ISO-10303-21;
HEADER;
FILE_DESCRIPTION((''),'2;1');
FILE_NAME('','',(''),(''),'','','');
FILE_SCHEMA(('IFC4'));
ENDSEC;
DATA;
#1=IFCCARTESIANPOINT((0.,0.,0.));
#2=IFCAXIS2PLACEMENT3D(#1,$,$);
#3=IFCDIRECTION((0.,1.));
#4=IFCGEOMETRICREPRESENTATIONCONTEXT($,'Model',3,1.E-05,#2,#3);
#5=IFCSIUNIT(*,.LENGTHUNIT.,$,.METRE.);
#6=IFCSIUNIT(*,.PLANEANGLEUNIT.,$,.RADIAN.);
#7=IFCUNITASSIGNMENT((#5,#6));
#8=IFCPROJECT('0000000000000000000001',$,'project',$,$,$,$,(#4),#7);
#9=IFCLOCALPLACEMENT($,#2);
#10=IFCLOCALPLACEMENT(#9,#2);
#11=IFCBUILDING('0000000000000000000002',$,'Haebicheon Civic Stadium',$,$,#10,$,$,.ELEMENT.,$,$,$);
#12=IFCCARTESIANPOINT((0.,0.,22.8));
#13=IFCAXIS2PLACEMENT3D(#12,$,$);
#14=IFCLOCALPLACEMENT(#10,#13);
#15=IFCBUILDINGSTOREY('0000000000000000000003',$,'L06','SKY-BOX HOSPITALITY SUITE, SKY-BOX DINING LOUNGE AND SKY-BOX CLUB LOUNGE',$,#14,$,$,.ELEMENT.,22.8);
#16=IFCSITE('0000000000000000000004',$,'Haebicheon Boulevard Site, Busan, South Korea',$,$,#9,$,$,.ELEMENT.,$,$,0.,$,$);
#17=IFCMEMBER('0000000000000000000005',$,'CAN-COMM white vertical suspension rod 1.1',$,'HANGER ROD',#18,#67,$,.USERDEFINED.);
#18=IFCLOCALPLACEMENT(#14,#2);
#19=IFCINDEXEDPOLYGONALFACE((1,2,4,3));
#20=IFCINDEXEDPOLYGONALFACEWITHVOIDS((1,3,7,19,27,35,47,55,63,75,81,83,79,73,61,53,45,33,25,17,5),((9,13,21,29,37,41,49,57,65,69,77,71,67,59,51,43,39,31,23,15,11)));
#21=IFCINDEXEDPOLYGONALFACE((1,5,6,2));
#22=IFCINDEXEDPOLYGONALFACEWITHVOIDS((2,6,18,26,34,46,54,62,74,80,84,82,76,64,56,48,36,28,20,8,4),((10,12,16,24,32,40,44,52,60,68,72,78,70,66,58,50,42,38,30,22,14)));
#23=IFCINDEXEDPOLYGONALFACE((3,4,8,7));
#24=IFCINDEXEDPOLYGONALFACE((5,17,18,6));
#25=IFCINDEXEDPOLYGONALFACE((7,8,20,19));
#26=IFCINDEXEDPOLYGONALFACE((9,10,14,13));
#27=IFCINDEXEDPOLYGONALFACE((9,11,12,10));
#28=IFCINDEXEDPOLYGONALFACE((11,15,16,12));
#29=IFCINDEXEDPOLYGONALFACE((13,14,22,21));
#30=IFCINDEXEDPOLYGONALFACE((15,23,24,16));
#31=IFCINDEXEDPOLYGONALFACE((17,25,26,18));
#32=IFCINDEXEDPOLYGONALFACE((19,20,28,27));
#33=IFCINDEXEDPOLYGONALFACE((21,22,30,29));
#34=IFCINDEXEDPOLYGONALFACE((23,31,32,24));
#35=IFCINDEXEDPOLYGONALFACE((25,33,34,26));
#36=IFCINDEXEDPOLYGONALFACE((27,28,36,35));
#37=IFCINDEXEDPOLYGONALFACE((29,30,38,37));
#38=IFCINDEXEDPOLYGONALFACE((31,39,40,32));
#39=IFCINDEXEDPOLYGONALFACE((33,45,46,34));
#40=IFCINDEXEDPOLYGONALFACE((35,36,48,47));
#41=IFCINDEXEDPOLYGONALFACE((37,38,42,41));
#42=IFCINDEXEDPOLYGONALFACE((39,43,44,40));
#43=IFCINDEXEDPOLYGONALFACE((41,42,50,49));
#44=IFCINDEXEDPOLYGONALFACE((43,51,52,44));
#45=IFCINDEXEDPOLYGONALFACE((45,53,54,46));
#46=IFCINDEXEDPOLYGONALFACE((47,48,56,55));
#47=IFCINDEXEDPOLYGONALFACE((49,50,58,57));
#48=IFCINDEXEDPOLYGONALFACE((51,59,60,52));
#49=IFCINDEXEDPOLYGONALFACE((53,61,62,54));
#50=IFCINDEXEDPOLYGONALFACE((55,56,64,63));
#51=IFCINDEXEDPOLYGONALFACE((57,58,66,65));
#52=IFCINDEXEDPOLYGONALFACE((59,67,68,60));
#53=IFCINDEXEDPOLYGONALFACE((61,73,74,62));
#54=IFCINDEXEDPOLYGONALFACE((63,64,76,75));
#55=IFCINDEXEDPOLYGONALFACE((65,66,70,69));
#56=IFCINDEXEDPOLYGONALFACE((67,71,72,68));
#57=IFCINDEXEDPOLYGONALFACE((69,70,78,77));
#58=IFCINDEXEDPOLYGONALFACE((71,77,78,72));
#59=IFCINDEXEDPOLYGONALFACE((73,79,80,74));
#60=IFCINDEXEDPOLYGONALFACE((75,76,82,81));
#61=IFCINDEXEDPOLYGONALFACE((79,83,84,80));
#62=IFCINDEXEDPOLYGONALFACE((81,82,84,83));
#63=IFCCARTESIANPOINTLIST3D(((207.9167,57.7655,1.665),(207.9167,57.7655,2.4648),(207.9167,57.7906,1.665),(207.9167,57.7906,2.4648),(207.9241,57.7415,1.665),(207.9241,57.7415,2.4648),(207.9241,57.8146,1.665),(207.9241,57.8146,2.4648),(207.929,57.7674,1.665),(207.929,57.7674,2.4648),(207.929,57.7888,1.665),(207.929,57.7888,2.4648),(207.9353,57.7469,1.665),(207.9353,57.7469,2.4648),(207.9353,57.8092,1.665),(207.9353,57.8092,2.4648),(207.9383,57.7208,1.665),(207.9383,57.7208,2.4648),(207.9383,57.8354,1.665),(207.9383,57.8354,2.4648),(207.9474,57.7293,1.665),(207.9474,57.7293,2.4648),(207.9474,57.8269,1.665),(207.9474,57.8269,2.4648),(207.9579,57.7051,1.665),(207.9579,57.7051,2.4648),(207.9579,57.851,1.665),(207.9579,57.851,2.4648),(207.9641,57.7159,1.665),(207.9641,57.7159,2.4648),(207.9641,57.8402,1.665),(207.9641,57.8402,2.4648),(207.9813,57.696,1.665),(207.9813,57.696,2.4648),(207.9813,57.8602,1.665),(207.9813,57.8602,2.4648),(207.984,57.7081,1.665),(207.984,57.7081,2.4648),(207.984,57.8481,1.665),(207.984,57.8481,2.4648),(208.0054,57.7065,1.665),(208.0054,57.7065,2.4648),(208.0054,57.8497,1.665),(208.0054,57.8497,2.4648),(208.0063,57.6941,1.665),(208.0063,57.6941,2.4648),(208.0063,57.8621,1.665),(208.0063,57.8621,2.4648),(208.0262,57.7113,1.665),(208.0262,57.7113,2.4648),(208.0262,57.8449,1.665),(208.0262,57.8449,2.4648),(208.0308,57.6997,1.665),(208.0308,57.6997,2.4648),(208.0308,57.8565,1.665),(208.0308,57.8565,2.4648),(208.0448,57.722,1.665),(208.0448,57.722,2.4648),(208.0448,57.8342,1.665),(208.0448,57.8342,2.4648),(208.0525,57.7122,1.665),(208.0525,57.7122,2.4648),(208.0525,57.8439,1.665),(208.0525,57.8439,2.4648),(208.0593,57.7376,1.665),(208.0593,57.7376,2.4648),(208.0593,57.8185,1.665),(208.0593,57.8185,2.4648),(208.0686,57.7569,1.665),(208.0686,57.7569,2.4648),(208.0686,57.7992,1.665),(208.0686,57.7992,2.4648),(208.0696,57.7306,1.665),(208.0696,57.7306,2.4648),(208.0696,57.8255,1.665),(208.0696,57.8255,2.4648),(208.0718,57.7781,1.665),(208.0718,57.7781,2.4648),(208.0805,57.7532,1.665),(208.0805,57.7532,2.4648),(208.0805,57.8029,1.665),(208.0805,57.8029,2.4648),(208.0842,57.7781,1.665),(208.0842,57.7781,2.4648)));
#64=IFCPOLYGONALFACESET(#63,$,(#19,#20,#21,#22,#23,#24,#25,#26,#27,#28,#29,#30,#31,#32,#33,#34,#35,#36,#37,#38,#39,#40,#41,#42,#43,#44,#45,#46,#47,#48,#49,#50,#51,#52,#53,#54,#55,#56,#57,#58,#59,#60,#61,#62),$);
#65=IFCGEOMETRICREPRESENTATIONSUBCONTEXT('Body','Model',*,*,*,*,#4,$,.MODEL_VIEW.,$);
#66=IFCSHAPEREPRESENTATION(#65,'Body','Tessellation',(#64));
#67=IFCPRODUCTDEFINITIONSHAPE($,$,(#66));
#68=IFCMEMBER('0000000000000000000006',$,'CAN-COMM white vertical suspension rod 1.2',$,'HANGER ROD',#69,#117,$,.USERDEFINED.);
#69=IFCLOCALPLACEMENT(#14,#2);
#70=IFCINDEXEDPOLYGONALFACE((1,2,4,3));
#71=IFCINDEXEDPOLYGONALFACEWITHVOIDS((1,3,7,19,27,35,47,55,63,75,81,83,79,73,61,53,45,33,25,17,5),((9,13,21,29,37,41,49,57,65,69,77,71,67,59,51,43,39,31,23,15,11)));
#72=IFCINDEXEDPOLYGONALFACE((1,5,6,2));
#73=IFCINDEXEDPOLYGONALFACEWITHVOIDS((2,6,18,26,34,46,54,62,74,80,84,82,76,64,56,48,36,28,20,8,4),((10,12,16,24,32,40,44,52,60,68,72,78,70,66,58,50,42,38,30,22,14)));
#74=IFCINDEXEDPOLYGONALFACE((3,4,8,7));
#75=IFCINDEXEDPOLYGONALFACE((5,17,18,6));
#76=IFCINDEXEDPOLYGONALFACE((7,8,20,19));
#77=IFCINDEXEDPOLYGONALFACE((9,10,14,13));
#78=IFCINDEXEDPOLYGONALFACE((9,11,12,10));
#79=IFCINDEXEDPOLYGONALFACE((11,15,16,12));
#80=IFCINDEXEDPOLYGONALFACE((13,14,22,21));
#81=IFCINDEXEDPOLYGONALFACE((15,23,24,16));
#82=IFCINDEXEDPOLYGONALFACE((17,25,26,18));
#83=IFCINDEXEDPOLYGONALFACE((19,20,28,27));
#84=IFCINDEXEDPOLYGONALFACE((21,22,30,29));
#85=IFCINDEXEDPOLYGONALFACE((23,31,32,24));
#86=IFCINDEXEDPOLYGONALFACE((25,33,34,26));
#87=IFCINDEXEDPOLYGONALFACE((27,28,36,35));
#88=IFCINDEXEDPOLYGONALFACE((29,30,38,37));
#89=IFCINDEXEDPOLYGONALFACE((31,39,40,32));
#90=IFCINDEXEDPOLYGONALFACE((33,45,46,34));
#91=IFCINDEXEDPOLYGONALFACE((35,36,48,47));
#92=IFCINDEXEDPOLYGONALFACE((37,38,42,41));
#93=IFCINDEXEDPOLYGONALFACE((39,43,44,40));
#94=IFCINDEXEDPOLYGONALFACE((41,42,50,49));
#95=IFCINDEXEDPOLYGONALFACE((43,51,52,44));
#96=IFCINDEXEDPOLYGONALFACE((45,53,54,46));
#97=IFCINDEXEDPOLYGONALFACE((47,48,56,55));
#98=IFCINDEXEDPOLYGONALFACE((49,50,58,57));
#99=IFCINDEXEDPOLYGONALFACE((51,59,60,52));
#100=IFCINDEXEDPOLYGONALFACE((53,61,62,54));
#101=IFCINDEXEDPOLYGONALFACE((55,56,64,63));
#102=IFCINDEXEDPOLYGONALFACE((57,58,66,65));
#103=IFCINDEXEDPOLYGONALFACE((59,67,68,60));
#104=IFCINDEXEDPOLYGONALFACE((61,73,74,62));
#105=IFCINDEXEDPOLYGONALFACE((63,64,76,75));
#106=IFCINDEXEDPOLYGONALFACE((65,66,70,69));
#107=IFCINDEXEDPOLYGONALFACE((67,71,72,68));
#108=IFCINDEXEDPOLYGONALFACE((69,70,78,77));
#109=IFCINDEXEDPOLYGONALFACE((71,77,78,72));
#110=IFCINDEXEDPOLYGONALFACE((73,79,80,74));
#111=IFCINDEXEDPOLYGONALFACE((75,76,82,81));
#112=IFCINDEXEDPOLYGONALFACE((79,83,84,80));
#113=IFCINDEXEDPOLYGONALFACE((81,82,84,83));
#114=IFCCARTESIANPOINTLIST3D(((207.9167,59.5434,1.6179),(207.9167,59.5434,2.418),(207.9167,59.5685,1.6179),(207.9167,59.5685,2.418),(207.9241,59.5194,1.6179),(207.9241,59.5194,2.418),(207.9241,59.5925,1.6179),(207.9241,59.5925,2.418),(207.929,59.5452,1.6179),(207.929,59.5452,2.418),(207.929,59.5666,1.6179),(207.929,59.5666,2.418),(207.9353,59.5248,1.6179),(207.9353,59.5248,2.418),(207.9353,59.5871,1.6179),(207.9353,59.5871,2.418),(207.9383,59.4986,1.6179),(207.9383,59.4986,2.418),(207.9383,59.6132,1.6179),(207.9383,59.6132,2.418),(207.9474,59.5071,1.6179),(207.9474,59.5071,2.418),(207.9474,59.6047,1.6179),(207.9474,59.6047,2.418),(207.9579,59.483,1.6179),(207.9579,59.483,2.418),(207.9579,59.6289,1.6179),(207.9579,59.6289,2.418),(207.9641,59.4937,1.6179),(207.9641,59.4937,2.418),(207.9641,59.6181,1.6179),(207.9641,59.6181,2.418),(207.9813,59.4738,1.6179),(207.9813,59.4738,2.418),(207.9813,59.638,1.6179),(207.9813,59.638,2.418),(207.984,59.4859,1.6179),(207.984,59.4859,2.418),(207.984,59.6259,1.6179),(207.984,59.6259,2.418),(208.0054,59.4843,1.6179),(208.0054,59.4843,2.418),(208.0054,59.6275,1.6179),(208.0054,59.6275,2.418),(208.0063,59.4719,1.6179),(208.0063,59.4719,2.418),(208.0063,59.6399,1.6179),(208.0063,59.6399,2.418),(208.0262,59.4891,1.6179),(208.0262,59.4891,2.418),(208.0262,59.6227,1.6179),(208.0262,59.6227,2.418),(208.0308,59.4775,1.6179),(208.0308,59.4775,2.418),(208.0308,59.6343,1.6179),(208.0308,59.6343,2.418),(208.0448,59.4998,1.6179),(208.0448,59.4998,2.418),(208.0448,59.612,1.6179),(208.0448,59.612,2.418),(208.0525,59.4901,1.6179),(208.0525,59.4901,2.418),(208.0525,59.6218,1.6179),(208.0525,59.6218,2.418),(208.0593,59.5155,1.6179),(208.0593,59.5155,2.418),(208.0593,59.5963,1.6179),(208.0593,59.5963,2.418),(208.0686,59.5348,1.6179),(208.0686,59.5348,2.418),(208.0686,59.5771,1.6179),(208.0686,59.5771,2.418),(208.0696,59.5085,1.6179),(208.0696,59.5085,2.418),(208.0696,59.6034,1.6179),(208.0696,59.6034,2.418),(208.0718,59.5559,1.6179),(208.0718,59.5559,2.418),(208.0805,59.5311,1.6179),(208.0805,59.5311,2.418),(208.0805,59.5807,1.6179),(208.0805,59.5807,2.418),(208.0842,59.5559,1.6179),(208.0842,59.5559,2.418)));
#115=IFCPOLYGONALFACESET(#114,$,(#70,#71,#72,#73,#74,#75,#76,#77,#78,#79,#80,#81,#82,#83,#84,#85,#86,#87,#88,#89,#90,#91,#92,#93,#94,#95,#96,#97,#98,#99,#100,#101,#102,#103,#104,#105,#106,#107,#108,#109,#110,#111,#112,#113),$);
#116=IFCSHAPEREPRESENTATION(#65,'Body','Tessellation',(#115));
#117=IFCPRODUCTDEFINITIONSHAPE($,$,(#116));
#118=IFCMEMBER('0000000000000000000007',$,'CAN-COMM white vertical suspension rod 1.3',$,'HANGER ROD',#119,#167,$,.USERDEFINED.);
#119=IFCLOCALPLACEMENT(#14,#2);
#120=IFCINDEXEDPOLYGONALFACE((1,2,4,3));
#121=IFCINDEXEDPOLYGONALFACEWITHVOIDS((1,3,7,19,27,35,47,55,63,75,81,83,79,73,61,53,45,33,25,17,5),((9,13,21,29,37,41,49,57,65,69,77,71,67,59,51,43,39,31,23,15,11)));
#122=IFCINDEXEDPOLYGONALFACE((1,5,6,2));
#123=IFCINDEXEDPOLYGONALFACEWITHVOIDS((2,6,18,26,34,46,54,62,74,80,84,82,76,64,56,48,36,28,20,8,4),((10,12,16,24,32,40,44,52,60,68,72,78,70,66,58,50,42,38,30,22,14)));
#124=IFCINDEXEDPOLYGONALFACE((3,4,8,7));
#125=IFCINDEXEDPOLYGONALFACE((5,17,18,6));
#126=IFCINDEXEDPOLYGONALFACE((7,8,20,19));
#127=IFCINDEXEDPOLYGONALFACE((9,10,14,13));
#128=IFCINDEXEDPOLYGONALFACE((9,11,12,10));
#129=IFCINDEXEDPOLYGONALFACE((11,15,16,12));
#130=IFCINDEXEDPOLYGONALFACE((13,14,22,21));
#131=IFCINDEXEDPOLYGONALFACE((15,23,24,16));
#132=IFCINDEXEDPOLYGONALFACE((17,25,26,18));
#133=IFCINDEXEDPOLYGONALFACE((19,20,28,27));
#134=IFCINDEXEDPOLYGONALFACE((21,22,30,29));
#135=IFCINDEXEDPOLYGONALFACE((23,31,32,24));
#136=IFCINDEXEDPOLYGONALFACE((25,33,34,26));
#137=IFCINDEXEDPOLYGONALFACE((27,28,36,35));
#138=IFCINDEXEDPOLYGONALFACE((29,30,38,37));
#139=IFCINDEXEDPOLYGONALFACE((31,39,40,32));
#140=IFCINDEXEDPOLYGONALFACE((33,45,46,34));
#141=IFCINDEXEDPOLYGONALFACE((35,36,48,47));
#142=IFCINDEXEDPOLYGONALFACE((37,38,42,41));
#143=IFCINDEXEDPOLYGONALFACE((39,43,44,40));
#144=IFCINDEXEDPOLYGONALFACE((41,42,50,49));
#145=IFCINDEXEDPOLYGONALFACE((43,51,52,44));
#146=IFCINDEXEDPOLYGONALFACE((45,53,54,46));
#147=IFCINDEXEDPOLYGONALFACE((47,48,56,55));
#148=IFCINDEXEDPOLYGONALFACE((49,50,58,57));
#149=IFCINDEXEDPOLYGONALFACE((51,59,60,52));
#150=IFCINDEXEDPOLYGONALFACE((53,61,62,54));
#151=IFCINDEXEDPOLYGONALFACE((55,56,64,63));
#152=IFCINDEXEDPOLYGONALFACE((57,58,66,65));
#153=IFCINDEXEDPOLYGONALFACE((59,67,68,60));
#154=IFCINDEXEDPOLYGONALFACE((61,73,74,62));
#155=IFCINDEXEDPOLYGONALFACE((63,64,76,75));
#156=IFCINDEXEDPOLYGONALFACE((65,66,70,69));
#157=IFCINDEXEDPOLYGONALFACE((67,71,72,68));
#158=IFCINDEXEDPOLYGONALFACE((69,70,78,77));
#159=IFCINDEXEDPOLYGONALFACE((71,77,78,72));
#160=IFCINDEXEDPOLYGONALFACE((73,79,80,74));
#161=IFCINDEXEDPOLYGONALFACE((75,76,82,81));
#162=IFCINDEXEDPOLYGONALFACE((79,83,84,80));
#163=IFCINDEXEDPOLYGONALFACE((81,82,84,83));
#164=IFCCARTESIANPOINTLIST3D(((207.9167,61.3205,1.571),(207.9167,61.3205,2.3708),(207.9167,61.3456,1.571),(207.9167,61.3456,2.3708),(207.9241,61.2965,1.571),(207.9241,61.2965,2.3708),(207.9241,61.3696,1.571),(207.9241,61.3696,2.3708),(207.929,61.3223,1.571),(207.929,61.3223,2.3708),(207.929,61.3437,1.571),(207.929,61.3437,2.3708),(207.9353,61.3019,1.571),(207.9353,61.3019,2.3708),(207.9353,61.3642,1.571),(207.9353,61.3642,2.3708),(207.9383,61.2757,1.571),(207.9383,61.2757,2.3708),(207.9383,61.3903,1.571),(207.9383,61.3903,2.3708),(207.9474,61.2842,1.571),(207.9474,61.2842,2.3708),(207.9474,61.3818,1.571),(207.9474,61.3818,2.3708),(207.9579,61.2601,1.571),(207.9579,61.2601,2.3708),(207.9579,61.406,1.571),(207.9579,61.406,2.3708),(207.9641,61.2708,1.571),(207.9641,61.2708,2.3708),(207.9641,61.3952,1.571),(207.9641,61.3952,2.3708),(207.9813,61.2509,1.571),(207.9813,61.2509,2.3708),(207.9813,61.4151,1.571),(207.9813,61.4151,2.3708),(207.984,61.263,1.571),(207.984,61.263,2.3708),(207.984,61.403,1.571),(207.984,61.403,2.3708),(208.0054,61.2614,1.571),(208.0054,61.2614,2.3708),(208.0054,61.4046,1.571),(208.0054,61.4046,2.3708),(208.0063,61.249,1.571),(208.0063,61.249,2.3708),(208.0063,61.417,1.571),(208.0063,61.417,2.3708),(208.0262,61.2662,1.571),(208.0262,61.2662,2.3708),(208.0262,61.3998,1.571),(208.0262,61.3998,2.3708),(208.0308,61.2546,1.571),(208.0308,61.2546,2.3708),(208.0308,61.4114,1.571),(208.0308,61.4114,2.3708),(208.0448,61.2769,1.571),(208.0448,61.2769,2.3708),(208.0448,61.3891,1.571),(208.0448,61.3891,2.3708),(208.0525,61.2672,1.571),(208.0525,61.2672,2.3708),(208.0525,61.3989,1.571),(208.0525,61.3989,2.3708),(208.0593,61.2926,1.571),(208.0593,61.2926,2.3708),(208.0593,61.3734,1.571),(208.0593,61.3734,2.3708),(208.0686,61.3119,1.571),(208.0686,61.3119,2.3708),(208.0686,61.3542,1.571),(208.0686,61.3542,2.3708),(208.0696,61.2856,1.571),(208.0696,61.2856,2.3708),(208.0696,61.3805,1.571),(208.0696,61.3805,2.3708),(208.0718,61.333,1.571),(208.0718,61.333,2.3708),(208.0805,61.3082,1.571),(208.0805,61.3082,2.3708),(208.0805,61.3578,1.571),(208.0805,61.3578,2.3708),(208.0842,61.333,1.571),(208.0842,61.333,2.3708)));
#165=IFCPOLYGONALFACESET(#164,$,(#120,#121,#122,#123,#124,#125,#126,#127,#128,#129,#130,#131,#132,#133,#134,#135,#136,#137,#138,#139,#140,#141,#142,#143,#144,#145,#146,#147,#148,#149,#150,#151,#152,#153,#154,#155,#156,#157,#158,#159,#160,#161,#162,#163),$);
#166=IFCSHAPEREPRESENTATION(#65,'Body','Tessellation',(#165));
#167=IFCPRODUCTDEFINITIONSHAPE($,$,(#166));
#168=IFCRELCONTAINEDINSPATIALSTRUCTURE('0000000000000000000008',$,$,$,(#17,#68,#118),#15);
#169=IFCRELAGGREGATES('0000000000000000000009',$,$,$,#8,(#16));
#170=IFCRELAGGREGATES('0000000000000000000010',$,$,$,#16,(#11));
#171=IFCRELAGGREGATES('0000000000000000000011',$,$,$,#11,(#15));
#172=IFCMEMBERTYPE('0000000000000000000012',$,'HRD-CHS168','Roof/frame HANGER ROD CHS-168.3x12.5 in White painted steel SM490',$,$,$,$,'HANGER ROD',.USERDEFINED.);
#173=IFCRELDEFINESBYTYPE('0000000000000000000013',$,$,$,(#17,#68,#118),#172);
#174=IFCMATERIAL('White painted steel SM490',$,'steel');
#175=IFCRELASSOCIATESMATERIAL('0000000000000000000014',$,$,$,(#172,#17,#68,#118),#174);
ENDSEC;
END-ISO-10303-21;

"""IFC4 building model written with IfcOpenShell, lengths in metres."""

from ifc_helpers import new_model, si_unit, direction, frame, origin, origin_2d, place, context, subcontext, project, spatial, hollow_circle, extrude, material, material_profile, profile_set, type_object, element, save


model = new_model("IFC4")

# Units and contexts
model_context = context("Model", 3, precision=1e-05, world=origin(), true_north=direction((0.0, 1.0)))
body_context = subcontext(model_context, "Body", "Model", "MODEL_VIEW")
ifc_project = project(units=[si_unit("LENGTHUNIT", "METRE"), si_unit("PLANEANGLEUNIT", "RADIAN")], contexts=[model_context])

# Site, building, storey
site_placement = place(None, origin())
site = spatial("IfcSite", under=ifc_project, at=site_placement, Name="Haebicheon Boulevard Site, Busan, South Korea", CompositionType="ELEMENT", RefElevation=0.0)
building_placement = place(site_placement, origin())
building = spatial("IfcBuilding", under=site, at=building_placement, Name="Haebicheon Civic Stadium", CompositionType="ELEMENT")
storey_placement = place(building_placement, frame((0.0, 0.0, 22.8)))
storey = spatial("IfcBuildingStorey", under=building, at=storey_placement, Name="L06", Description="SKY-BOX HOSPITALITY SUITE, SKY-BOX DINING LOUNGE AND SKY-BOX CLUB LOUNGE", CompositionType="ELEMENT", Elevation=22.8)

# Members
ifc_material_1 = material(Name="White painted steel SM490", Category="steel")
ifc_material_profile_1 = material_profile(ifc_material_1, hollow_circle(Radius=0.0842, WallThickness=0.0125, at=origin_2d()), Name="CHS-168.3x12.5")
ifc_profile_set_1 = profile_set([ifc_material_profile_1], Name="White painted steel SM490")
member_type_1 = type_object("IfcMemberType", Name="HRD-CHS168", Description="Roof/frame HANGER ROD CHS-168.3x12.5 in White painted steel SM490", ElementType="HANGER ROD", PredefinedType="USERDEFINED", material=ifc_profile_set_1)
member_1_placement = place(storey_placement, frame((208.0, 57.7781, 1.665), z_axis=(0.0, 0.0, 1.0), x_axis=(1.0, 0.0, 0.0)))
element("IfcMember", 1, at=member_1_placement, inside=storey, type_object=member_type_1, material=ifc_profile_set_1, Name="CAN-COMM white vertical suspension rod 1.1", ObjectType="HANGER ROD", PredefinedType="USERDEFINED", context=body_context, shape_type="SweptSolid", body=[
    extrude(hollow_circle(Radius=0.0842, WallThickness=0.0125, at=origin_2d()), origin(), (0.0, 0.0, 1.0), 0.7998),
])
member_2_placement = place(storey_placement, frame((208.0, 59.5559, 1.6179), z_axis=(0.0, 0.0, 1.0), x_axis=(1.0, 0.0, 0.0)))
element("IfcMember", 2, at=member_2_placement, inside=storey, type_object=member_type_1, material=ifc_profile_set_1, Name="CAN-COMM white vertical suspension rod 1.2", ObjectType="HANGER ROD", PredefinedType="USERDEFINED", context=body_context, shape_type="SweptSolid", body=[
    extrude(hollow_circle(Radius=0.0842, WallThickness=0.0125, at=origin_2d()), origin(), (0.0, 0.0, 1.0), 0.8),
])
member_3_placement = place(storey_placement, frame((208.0, 61.333, 1.571), z_axis=(0.0, 0.0, 1.0), x_axis=(1.0, 0.0, 0.0)))
element("IfcMember", 3, at=member_3_placement, inside=storey, type_object=member_type_1, material=ifc_profile_set_1, Name="CAN-COMM white vertical suspension rod 1.3", ObjectType="HANGER ROD", PredefinedType="USERDEFINED", context=body_context, shape_type="SweptSolid", body=[
    extrude(hollow_circle(Radius=0.0842, WallThickness=0.0125, at=origin_2d()), origin(), (0.0, 0.0, 1.0), 0.7998),
])

save(model, "model.ifc")
